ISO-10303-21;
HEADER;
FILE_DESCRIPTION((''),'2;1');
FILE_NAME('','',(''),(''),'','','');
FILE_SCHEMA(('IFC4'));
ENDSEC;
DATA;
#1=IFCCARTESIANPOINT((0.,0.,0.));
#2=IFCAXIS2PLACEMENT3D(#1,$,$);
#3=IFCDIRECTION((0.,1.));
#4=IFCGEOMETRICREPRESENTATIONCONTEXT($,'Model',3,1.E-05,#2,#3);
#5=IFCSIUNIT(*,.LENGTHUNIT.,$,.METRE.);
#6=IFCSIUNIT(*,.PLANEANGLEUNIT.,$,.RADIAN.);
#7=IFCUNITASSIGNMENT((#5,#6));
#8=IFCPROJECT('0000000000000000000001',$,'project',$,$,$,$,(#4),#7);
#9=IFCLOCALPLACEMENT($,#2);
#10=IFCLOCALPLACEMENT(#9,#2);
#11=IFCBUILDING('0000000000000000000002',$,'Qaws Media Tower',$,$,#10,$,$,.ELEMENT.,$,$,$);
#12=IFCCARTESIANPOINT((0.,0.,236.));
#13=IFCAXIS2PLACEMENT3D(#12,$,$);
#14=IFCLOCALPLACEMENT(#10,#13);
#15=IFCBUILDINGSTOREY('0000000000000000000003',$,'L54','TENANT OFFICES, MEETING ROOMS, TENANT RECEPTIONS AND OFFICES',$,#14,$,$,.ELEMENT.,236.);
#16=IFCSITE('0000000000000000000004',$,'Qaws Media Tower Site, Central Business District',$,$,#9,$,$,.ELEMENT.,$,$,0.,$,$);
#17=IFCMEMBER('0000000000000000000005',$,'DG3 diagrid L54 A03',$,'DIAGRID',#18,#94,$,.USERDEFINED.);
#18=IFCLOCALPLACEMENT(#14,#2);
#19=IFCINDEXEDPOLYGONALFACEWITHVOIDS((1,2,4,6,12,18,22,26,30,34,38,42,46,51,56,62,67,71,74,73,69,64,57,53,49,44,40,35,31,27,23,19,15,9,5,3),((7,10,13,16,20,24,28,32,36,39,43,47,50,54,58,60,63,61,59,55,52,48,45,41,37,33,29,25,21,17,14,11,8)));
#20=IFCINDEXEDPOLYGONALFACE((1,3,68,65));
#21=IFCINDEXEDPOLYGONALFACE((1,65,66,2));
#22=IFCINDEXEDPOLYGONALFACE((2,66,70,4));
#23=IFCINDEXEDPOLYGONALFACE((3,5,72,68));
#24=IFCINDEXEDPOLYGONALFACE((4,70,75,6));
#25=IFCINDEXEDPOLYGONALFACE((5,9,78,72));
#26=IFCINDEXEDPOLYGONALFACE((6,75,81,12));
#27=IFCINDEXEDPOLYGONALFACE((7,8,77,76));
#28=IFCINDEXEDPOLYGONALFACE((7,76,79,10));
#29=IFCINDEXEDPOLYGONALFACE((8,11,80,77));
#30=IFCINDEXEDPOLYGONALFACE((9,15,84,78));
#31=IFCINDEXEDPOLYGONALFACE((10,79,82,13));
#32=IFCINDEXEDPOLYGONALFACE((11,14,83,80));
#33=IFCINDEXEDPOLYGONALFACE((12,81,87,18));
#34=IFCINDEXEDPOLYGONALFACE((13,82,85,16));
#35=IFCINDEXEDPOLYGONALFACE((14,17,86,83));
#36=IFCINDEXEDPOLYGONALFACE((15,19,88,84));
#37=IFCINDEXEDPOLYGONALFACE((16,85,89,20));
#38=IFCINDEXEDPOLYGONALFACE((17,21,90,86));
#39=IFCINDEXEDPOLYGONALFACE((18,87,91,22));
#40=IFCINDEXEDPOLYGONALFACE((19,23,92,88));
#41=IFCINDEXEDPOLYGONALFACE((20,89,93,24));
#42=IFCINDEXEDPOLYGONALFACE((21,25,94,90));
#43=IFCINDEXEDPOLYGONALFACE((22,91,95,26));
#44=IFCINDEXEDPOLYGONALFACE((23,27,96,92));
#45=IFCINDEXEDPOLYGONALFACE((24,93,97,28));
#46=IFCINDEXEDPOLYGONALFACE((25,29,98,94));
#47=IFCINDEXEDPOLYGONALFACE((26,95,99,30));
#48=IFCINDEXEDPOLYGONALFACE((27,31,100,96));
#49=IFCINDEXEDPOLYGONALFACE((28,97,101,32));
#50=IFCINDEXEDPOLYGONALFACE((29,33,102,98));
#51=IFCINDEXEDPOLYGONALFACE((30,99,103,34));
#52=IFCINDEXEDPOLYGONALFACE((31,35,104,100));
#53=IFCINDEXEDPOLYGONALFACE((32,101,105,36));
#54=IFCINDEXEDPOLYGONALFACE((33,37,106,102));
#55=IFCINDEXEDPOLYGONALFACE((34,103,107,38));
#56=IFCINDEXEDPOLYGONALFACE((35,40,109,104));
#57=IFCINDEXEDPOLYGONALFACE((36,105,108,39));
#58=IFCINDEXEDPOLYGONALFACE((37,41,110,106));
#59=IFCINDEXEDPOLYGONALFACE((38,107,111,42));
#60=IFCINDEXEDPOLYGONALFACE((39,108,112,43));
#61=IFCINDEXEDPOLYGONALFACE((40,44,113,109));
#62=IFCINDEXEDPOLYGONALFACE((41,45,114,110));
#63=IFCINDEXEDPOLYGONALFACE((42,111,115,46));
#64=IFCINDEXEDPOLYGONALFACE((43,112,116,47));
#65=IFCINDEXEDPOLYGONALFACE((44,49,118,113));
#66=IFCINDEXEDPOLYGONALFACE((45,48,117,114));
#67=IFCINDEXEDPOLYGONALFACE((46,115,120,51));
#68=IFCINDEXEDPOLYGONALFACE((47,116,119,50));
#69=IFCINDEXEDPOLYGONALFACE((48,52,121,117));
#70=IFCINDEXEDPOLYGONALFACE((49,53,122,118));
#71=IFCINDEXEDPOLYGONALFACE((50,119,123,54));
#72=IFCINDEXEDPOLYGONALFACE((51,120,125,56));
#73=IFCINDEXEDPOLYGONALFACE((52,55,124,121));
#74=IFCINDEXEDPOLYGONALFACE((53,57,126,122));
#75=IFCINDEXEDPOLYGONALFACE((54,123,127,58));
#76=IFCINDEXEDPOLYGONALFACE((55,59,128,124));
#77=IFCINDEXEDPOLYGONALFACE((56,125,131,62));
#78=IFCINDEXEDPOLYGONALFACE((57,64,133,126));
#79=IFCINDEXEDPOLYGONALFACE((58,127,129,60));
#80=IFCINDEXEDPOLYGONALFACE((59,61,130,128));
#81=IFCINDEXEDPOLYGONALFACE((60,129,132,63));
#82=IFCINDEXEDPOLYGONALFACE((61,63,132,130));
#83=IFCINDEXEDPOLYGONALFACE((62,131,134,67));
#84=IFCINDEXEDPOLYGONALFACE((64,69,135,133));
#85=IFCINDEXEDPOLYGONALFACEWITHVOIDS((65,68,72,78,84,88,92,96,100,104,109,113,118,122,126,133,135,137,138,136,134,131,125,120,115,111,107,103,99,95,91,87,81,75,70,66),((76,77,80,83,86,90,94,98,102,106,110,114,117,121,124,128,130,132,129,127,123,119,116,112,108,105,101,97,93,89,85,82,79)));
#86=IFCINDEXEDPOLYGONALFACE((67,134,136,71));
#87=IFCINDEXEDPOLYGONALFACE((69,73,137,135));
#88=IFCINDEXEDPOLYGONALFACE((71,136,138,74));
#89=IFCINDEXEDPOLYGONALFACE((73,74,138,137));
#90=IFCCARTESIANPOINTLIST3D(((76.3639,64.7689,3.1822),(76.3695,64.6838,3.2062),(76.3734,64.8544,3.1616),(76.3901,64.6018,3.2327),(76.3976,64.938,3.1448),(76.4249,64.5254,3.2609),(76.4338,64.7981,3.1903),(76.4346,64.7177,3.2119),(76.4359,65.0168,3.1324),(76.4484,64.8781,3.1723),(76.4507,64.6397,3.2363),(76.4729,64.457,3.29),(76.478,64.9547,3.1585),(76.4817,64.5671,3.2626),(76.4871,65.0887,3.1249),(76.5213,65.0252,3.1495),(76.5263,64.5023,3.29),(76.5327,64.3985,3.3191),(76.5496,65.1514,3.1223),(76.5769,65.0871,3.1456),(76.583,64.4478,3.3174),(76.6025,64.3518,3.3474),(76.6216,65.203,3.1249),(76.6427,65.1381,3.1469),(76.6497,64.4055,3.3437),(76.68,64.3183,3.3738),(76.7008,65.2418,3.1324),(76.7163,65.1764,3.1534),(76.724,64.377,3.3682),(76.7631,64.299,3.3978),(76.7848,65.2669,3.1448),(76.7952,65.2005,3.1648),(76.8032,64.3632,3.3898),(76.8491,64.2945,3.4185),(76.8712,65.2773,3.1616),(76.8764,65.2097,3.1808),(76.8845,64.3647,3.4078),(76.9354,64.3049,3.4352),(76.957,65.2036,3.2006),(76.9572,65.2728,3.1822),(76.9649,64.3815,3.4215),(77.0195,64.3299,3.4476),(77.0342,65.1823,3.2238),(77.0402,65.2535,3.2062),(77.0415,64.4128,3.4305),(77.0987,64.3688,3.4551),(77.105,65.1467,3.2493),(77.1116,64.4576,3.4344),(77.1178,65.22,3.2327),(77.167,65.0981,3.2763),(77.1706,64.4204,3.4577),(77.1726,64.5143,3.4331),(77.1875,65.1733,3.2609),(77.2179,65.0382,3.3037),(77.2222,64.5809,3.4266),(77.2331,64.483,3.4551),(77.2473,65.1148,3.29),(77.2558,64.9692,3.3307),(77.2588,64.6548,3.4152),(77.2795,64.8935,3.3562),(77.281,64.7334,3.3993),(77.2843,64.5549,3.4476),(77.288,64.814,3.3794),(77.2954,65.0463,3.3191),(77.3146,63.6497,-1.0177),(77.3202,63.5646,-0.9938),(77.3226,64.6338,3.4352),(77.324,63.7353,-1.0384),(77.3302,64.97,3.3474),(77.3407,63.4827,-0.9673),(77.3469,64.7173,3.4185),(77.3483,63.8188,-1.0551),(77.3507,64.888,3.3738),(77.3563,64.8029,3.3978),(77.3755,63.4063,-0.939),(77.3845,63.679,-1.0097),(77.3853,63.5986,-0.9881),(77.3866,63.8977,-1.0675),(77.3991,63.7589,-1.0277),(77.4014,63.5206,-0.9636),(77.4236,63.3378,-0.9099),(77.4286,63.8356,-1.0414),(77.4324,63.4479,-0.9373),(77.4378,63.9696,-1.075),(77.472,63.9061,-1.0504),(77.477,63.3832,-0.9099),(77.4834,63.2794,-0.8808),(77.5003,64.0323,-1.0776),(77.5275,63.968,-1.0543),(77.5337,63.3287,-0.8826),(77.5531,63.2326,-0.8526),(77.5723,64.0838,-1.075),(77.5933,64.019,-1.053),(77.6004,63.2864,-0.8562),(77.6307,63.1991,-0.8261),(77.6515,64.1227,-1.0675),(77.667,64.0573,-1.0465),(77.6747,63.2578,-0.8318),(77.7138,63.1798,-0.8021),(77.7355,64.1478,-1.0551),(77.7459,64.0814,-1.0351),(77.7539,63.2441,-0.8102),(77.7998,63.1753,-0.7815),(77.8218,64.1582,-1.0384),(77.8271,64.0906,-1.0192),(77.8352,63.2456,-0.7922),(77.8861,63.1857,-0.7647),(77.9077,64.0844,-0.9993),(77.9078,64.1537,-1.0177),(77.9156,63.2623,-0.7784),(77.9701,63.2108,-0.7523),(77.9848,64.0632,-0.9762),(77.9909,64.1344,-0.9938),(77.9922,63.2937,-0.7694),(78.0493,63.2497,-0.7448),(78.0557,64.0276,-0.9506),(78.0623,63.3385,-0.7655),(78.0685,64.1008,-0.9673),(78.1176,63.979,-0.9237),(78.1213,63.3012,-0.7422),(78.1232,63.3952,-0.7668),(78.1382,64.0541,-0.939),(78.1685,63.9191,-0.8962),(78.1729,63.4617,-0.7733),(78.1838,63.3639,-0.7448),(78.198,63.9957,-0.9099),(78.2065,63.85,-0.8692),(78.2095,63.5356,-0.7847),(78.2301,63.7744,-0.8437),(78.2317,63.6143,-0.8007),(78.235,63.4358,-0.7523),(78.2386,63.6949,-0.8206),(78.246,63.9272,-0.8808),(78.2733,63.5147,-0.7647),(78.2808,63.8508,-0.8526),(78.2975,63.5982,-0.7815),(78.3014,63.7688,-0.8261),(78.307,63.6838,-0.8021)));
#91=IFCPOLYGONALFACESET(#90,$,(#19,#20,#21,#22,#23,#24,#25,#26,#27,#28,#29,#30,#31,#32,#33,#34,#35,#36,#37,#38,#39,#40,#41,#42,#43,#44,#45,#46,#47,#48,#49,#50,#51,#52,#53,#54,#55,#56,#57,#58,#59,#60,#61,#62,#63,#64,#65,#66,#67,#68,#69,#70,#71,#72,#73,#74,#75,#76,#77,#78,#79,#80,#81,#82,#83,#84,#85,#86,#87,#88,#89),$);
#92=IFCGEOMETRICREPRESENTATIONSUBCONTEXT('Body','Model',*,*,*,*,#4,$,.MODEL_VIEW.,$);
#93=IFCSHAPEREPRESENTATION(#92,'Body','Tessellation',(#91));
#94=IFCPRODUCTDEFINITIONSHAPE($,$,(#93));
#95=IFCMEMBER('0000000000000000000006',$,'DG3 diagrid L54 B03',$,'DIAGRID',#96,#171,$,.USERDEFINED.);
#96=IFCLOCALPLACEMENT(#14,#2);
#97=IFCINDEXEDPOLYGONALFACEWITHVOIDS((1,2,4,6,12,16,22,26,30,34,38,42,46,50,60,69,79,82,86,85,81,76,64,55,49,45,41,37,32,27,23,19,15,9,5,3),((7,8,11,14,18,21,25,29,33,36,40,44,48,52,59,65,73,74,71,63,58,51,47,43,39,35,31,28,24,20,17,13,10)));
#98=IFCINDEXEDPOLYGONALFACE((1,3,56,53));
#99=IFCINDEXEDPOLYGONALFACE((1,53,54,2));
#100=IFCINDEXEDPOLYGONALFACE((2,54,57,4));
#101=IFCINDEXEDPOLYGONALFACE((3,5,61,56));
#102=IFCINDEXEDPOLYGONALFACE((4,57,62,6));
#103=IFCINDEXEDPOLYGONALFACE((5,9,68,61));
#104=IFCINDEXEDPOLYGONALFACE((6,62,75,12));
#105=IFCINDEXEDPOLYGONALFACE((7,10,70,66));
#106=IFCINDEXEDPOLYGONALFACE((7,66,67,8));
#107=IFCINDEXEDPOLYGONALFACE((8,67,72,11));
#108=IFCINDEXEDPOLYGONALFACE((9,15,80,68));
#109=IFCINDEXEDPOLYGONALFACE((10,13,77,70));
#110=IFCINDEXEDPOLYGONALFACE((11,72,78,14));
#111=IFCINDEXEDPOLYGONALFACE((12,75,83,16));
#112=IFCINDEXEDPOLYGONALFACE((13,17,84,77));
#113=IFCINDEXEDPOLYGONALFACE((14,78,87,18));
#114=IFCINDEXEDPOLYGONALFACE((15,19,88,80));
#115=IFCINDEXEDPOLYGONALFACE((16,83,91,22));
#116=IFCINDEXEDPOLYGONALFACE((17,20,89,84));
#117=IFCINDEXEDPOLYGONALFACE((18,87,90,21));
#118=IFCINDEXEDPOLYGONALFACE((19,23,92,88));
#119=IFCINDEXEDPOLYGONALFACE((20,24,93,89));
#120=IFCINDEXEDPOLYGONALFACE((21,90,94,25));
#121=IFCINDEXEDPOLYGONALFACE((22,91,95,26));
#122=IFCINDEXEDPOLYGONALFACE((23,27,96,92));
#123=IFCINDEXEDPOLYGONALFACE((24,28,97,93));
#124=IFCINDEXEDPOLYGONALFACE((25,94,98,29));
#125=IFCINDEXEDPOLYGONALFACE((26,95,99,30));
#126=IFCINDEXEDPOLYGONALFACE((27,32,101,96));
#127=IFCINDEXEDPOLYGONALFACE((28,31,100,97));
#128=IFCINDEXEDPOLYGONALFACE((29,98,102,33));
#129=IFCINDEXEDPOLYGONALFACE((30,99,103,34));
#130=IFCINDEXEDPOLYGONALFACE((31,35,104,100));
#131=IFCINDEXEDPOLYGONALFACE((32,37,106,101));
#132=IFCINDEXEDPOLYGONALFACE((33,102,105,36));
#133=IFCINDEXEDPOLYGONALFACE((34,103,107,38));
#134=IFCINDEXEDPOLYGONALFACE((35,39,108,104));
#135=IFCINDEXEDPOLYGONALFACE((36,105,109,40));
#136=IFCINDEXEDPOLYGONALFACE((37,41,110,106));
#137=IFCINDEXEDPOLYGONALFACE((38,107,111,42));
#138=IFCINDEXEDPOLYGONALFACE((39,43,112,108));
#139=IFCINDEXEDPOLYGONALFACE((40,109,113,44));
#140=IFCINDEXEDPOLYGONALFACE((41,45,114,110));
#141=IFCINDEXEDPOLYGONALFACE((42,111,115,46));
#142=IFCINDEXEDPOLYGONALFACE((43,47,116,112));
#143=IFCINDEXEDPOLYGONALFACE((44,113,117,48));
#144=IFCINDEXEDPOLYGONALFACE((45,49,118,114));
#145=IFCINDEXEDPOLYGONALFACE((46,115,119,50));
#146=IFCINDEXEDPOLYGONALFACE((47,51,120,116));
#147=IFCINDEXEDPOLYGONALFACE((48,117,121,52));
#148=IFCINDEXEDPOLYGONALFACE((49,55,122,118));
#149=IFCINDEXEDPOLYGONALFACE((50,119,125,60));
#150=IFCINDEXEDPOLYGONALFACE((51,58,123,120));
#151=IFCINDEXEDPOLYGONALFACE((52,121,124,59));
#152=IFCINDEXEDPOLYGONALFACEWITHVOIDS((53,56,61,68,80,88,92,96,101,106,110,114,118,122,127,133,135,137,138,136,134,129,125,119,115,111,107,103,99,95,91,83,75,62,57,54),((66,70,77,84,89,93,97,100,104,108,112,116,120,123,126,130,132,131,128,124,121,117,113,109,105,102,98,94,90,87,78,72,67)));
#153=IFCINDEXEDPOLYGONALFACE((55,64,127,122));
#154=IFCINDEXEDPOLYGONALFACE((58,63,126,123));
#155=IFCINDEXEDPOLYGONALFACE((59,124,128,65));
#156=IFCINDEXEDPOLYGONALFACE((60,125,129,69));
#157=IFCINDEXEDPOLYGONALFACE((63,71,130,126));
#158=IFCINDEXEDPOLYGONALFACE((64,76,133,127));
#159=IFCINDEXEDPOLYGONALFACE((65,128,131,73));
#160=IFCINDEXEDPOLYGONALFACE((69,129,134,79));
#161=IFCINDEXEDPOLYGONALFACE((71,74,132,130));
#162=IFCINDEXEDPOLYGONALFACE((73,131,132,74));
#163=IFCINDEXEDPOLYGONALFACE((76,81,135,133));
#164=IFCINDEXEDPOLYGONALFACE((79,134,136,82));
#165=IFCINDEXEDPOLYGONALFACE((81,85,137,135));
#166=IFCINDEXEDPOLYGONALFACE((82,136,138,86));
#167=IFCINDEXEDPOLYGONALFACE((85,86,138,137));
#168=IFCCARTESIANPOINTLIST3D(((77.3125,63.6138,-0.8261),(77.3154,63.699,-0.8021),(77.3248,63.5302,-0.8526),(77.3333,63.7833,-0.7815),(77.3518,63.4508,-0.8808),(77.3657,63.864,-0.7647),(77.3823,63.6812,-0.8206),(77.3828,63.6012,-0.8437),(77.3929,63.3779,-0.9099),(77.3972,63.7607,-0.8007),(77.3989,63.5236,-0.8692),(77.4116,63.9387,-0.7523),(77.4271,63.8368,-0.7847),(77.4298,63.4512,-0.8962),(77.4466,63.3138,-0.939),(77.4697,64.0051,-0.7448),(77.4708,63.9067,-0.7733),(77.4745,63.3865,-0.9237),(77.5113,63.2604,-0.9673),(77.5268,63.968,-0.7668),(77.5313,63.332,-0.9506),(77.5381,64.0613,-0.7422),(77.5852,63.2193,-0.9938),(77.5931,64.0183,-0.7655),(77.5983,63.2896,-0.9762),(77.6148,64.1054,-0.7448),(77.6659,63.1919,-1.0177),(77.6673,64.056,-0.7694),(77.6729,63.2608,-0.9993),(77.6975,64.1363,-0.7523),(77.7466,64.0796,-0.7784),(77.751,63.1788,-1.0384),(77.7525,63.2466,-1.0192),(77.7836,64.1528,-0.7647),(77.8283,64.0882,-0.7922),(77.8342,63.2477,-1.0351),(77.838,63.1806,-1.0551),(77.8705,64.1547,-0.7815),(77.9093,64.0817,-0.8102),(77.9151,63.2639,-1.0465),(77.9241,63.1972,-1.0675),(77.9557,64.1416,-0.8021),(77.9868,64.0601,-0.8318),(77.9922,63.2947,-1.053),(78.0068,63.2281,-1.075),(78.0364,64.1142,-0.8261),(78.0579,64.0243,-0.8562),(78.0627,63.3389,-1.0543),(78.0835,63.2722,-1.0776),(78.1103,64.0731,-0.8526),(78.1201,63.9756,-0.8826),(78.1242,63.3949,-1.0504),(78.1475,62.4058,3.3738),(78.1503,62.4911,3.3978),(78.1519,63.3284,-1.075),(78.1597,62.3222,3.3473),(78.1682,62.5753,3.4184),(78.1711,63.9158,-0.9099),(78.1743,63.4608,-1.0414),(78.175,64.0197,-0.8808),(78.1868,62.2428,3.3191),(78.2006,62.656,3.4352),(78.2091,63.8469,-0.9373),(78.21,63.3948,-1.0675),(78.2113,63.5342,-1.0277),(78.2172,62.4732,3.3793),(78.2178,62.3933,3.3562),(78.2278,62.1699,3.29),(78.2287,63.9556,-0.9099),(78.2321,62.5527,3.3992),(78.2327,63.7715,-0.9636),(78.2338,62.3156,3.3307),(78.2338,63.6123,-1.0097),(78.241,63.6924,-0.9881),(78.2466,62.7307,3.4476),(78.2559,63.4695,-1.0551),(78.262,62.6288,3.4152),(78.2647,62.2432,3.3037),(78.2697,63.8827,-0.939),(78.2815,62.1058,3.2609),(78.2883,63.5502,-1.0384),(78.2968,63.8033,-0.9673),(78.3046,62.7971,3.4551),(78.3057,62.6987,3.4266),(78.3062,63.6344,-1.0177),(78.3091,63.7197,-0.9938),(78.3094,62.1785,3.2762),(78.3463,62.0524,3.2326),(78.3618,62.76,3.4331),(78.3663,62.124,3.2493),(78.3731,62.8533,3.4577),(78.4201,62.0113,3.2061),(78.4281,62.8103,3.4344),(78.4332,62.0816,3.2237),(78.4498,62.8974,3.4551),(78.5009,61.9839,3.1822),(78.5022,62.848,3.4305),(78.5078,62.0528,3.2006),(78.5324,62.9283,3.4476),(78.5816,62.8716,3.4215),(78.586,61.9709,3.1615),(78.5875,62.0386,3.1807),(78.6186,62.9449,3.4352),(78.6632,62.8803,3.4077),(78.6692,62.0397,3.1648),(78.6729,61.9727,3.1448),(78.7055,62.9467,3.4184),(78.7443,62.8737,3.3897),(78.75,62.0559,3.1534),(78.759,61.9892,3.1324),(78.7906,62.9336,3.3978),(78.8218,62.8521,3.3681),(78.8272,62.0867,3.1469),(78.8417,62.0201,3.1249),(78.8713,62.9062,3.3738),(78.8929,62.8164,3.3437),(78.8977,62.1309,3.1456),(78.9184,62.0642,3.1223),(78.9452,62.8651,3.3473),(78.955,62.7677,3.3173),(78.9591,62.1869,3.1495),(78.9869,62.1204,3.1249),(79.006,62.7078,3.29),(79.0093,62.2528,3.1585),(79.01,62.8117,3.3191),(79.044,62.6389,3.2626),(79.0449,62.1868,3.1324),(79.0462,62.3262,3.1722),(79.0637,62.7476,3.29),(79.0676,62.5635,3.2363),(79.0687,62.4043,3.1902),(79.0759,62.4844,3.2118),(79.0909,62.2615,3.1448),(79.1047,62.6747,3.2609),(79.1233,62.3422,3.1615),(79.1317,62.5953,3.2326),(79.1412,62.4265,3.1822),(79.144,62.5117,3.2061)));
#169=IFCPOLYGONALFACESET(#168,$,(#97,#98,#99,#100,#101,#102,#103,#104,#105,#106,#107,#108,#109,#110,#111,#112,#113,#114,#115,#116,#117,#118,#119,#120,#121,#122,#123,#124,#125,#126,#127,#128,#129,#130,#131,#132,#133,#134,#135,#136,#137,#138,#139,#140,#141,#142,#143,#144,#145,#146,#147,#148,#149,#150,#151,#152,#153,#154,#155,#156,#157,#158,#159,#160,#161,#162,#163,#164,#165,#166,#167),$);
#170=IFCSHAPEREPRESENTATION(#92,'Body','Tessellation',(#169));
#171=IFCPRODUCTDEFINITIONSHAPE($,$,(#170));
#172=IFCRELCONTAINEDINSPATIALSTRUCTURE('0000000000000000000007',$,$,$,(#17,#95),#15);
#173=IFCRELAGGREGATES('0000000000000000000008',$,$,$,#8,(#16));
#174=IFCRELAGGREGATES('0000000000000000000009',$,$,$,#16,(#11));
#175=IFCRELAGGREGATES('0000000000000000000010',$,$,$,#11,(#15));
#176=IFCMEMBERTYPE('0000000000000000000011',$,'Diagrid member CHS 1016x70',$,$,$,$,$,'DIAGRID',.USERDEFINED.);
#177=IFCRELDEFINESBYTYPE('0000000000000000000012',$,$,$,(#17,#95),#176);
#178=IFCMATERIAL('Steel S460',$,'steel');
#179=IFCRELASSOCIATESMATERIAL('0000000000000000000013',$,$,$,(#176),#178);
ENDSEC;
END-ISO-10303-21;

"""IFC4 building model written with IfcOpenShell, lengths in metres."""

from ifc_helpers import new_model, si_unit, direction, frame, origin, origin_2d, place, context, subcontext, project, spatial, hollow_circle, extrude, material, material_profile, profile_set, type_object, element, save


model = new_model("IFC4")

# Units and contexts
model_context = context("Model", 3, precision=1e-05, world=origin(), true_north=direction((0.0, 1.0)))
body_context = subcontext(model_context, "Body", "Model", "MODEL_VIEW")
ifc_project = project(units=[si_unit("LENGTHUNIT", "METRE"), si_unit("PLANEANGLEUNIT", "RADIAN")], contexts=[model_context])

# Site, building, storey
site_placement = place(None, origin())
site = spatial("IfcSite", under=ifc_project, at=site_placement, Name="Qaws Media Tower Site, Central Business District", CompositionType="ELEMENT", RefElevation=0.0)
building_placement = place(site_placement, origin())
building = spatial("IfcBuilding", under=site, at=building_placement, Name="Qaws Media Tower", CompositionType="ELEMENT")
storey_placement = place(building_placement, frame((0.0, 0.0, 236.0)))
storey = spatial("IfcBuildingStorey", under=building, at=storey_placement, Name="L54", Description="TENANT OFFICES, MEETING ROOMS, TENANT RECEPTIONS AND OFFICES", CompositionType="ELEMENT", Elevation=236.0)

# Members
ifc_material_1 = material(Name="Steel S460", Category="steel")
ifc_material_profile_1 = material_profile(ifc_material_1, hollow_circle(Radius=0.5081, WallThickness=0.0701, at=origin_2d()), Name="CHS 1016x70")
ifc_profile_set_1 = profile_set([ifc_material_profile_1], Name="Steel S460")
member_type_1 = type_object("IfcMemberType", Name="Diagrid member CHS 1016x70", ElementType="DIAGRID", PredefinedType="USERDEFINED", material=ifc_profile_set_1)
for number, where, z_axis, x_axis, name in (
    (1, (77.8108, 63.6667, -0.9099), (-0.213673, 0.251534, 0.943967), (-0.762136, -0.647417, 0.0), "DG3 diagrid L54 A03"),
    (2, (77.8108, 63.6667, -0.9099), (0.187662, -0.271507, 0.943963), (0.822623, 0.568587, 0.0), "DG3 diagrid L54 B03"),
):
    element("IfcMember", number, at=place(storey_placement, frame(where, z_axis=z_axis, x_axis=x_axis)), inside=storey, type_object=member_type_1, Name=name, ObjectType="DIAGRID", PredefinedType="USERDEFINED", context=body_context, shape_type="SweptSolid", body=[
        extrude(hollow_circle(Radius=0.5081, WallThickness=0.0701, at=origin_2d()), origin(), (0.0, 0.0, 1.0), 4.4492),
    ])

save(model, "model.ifc")
